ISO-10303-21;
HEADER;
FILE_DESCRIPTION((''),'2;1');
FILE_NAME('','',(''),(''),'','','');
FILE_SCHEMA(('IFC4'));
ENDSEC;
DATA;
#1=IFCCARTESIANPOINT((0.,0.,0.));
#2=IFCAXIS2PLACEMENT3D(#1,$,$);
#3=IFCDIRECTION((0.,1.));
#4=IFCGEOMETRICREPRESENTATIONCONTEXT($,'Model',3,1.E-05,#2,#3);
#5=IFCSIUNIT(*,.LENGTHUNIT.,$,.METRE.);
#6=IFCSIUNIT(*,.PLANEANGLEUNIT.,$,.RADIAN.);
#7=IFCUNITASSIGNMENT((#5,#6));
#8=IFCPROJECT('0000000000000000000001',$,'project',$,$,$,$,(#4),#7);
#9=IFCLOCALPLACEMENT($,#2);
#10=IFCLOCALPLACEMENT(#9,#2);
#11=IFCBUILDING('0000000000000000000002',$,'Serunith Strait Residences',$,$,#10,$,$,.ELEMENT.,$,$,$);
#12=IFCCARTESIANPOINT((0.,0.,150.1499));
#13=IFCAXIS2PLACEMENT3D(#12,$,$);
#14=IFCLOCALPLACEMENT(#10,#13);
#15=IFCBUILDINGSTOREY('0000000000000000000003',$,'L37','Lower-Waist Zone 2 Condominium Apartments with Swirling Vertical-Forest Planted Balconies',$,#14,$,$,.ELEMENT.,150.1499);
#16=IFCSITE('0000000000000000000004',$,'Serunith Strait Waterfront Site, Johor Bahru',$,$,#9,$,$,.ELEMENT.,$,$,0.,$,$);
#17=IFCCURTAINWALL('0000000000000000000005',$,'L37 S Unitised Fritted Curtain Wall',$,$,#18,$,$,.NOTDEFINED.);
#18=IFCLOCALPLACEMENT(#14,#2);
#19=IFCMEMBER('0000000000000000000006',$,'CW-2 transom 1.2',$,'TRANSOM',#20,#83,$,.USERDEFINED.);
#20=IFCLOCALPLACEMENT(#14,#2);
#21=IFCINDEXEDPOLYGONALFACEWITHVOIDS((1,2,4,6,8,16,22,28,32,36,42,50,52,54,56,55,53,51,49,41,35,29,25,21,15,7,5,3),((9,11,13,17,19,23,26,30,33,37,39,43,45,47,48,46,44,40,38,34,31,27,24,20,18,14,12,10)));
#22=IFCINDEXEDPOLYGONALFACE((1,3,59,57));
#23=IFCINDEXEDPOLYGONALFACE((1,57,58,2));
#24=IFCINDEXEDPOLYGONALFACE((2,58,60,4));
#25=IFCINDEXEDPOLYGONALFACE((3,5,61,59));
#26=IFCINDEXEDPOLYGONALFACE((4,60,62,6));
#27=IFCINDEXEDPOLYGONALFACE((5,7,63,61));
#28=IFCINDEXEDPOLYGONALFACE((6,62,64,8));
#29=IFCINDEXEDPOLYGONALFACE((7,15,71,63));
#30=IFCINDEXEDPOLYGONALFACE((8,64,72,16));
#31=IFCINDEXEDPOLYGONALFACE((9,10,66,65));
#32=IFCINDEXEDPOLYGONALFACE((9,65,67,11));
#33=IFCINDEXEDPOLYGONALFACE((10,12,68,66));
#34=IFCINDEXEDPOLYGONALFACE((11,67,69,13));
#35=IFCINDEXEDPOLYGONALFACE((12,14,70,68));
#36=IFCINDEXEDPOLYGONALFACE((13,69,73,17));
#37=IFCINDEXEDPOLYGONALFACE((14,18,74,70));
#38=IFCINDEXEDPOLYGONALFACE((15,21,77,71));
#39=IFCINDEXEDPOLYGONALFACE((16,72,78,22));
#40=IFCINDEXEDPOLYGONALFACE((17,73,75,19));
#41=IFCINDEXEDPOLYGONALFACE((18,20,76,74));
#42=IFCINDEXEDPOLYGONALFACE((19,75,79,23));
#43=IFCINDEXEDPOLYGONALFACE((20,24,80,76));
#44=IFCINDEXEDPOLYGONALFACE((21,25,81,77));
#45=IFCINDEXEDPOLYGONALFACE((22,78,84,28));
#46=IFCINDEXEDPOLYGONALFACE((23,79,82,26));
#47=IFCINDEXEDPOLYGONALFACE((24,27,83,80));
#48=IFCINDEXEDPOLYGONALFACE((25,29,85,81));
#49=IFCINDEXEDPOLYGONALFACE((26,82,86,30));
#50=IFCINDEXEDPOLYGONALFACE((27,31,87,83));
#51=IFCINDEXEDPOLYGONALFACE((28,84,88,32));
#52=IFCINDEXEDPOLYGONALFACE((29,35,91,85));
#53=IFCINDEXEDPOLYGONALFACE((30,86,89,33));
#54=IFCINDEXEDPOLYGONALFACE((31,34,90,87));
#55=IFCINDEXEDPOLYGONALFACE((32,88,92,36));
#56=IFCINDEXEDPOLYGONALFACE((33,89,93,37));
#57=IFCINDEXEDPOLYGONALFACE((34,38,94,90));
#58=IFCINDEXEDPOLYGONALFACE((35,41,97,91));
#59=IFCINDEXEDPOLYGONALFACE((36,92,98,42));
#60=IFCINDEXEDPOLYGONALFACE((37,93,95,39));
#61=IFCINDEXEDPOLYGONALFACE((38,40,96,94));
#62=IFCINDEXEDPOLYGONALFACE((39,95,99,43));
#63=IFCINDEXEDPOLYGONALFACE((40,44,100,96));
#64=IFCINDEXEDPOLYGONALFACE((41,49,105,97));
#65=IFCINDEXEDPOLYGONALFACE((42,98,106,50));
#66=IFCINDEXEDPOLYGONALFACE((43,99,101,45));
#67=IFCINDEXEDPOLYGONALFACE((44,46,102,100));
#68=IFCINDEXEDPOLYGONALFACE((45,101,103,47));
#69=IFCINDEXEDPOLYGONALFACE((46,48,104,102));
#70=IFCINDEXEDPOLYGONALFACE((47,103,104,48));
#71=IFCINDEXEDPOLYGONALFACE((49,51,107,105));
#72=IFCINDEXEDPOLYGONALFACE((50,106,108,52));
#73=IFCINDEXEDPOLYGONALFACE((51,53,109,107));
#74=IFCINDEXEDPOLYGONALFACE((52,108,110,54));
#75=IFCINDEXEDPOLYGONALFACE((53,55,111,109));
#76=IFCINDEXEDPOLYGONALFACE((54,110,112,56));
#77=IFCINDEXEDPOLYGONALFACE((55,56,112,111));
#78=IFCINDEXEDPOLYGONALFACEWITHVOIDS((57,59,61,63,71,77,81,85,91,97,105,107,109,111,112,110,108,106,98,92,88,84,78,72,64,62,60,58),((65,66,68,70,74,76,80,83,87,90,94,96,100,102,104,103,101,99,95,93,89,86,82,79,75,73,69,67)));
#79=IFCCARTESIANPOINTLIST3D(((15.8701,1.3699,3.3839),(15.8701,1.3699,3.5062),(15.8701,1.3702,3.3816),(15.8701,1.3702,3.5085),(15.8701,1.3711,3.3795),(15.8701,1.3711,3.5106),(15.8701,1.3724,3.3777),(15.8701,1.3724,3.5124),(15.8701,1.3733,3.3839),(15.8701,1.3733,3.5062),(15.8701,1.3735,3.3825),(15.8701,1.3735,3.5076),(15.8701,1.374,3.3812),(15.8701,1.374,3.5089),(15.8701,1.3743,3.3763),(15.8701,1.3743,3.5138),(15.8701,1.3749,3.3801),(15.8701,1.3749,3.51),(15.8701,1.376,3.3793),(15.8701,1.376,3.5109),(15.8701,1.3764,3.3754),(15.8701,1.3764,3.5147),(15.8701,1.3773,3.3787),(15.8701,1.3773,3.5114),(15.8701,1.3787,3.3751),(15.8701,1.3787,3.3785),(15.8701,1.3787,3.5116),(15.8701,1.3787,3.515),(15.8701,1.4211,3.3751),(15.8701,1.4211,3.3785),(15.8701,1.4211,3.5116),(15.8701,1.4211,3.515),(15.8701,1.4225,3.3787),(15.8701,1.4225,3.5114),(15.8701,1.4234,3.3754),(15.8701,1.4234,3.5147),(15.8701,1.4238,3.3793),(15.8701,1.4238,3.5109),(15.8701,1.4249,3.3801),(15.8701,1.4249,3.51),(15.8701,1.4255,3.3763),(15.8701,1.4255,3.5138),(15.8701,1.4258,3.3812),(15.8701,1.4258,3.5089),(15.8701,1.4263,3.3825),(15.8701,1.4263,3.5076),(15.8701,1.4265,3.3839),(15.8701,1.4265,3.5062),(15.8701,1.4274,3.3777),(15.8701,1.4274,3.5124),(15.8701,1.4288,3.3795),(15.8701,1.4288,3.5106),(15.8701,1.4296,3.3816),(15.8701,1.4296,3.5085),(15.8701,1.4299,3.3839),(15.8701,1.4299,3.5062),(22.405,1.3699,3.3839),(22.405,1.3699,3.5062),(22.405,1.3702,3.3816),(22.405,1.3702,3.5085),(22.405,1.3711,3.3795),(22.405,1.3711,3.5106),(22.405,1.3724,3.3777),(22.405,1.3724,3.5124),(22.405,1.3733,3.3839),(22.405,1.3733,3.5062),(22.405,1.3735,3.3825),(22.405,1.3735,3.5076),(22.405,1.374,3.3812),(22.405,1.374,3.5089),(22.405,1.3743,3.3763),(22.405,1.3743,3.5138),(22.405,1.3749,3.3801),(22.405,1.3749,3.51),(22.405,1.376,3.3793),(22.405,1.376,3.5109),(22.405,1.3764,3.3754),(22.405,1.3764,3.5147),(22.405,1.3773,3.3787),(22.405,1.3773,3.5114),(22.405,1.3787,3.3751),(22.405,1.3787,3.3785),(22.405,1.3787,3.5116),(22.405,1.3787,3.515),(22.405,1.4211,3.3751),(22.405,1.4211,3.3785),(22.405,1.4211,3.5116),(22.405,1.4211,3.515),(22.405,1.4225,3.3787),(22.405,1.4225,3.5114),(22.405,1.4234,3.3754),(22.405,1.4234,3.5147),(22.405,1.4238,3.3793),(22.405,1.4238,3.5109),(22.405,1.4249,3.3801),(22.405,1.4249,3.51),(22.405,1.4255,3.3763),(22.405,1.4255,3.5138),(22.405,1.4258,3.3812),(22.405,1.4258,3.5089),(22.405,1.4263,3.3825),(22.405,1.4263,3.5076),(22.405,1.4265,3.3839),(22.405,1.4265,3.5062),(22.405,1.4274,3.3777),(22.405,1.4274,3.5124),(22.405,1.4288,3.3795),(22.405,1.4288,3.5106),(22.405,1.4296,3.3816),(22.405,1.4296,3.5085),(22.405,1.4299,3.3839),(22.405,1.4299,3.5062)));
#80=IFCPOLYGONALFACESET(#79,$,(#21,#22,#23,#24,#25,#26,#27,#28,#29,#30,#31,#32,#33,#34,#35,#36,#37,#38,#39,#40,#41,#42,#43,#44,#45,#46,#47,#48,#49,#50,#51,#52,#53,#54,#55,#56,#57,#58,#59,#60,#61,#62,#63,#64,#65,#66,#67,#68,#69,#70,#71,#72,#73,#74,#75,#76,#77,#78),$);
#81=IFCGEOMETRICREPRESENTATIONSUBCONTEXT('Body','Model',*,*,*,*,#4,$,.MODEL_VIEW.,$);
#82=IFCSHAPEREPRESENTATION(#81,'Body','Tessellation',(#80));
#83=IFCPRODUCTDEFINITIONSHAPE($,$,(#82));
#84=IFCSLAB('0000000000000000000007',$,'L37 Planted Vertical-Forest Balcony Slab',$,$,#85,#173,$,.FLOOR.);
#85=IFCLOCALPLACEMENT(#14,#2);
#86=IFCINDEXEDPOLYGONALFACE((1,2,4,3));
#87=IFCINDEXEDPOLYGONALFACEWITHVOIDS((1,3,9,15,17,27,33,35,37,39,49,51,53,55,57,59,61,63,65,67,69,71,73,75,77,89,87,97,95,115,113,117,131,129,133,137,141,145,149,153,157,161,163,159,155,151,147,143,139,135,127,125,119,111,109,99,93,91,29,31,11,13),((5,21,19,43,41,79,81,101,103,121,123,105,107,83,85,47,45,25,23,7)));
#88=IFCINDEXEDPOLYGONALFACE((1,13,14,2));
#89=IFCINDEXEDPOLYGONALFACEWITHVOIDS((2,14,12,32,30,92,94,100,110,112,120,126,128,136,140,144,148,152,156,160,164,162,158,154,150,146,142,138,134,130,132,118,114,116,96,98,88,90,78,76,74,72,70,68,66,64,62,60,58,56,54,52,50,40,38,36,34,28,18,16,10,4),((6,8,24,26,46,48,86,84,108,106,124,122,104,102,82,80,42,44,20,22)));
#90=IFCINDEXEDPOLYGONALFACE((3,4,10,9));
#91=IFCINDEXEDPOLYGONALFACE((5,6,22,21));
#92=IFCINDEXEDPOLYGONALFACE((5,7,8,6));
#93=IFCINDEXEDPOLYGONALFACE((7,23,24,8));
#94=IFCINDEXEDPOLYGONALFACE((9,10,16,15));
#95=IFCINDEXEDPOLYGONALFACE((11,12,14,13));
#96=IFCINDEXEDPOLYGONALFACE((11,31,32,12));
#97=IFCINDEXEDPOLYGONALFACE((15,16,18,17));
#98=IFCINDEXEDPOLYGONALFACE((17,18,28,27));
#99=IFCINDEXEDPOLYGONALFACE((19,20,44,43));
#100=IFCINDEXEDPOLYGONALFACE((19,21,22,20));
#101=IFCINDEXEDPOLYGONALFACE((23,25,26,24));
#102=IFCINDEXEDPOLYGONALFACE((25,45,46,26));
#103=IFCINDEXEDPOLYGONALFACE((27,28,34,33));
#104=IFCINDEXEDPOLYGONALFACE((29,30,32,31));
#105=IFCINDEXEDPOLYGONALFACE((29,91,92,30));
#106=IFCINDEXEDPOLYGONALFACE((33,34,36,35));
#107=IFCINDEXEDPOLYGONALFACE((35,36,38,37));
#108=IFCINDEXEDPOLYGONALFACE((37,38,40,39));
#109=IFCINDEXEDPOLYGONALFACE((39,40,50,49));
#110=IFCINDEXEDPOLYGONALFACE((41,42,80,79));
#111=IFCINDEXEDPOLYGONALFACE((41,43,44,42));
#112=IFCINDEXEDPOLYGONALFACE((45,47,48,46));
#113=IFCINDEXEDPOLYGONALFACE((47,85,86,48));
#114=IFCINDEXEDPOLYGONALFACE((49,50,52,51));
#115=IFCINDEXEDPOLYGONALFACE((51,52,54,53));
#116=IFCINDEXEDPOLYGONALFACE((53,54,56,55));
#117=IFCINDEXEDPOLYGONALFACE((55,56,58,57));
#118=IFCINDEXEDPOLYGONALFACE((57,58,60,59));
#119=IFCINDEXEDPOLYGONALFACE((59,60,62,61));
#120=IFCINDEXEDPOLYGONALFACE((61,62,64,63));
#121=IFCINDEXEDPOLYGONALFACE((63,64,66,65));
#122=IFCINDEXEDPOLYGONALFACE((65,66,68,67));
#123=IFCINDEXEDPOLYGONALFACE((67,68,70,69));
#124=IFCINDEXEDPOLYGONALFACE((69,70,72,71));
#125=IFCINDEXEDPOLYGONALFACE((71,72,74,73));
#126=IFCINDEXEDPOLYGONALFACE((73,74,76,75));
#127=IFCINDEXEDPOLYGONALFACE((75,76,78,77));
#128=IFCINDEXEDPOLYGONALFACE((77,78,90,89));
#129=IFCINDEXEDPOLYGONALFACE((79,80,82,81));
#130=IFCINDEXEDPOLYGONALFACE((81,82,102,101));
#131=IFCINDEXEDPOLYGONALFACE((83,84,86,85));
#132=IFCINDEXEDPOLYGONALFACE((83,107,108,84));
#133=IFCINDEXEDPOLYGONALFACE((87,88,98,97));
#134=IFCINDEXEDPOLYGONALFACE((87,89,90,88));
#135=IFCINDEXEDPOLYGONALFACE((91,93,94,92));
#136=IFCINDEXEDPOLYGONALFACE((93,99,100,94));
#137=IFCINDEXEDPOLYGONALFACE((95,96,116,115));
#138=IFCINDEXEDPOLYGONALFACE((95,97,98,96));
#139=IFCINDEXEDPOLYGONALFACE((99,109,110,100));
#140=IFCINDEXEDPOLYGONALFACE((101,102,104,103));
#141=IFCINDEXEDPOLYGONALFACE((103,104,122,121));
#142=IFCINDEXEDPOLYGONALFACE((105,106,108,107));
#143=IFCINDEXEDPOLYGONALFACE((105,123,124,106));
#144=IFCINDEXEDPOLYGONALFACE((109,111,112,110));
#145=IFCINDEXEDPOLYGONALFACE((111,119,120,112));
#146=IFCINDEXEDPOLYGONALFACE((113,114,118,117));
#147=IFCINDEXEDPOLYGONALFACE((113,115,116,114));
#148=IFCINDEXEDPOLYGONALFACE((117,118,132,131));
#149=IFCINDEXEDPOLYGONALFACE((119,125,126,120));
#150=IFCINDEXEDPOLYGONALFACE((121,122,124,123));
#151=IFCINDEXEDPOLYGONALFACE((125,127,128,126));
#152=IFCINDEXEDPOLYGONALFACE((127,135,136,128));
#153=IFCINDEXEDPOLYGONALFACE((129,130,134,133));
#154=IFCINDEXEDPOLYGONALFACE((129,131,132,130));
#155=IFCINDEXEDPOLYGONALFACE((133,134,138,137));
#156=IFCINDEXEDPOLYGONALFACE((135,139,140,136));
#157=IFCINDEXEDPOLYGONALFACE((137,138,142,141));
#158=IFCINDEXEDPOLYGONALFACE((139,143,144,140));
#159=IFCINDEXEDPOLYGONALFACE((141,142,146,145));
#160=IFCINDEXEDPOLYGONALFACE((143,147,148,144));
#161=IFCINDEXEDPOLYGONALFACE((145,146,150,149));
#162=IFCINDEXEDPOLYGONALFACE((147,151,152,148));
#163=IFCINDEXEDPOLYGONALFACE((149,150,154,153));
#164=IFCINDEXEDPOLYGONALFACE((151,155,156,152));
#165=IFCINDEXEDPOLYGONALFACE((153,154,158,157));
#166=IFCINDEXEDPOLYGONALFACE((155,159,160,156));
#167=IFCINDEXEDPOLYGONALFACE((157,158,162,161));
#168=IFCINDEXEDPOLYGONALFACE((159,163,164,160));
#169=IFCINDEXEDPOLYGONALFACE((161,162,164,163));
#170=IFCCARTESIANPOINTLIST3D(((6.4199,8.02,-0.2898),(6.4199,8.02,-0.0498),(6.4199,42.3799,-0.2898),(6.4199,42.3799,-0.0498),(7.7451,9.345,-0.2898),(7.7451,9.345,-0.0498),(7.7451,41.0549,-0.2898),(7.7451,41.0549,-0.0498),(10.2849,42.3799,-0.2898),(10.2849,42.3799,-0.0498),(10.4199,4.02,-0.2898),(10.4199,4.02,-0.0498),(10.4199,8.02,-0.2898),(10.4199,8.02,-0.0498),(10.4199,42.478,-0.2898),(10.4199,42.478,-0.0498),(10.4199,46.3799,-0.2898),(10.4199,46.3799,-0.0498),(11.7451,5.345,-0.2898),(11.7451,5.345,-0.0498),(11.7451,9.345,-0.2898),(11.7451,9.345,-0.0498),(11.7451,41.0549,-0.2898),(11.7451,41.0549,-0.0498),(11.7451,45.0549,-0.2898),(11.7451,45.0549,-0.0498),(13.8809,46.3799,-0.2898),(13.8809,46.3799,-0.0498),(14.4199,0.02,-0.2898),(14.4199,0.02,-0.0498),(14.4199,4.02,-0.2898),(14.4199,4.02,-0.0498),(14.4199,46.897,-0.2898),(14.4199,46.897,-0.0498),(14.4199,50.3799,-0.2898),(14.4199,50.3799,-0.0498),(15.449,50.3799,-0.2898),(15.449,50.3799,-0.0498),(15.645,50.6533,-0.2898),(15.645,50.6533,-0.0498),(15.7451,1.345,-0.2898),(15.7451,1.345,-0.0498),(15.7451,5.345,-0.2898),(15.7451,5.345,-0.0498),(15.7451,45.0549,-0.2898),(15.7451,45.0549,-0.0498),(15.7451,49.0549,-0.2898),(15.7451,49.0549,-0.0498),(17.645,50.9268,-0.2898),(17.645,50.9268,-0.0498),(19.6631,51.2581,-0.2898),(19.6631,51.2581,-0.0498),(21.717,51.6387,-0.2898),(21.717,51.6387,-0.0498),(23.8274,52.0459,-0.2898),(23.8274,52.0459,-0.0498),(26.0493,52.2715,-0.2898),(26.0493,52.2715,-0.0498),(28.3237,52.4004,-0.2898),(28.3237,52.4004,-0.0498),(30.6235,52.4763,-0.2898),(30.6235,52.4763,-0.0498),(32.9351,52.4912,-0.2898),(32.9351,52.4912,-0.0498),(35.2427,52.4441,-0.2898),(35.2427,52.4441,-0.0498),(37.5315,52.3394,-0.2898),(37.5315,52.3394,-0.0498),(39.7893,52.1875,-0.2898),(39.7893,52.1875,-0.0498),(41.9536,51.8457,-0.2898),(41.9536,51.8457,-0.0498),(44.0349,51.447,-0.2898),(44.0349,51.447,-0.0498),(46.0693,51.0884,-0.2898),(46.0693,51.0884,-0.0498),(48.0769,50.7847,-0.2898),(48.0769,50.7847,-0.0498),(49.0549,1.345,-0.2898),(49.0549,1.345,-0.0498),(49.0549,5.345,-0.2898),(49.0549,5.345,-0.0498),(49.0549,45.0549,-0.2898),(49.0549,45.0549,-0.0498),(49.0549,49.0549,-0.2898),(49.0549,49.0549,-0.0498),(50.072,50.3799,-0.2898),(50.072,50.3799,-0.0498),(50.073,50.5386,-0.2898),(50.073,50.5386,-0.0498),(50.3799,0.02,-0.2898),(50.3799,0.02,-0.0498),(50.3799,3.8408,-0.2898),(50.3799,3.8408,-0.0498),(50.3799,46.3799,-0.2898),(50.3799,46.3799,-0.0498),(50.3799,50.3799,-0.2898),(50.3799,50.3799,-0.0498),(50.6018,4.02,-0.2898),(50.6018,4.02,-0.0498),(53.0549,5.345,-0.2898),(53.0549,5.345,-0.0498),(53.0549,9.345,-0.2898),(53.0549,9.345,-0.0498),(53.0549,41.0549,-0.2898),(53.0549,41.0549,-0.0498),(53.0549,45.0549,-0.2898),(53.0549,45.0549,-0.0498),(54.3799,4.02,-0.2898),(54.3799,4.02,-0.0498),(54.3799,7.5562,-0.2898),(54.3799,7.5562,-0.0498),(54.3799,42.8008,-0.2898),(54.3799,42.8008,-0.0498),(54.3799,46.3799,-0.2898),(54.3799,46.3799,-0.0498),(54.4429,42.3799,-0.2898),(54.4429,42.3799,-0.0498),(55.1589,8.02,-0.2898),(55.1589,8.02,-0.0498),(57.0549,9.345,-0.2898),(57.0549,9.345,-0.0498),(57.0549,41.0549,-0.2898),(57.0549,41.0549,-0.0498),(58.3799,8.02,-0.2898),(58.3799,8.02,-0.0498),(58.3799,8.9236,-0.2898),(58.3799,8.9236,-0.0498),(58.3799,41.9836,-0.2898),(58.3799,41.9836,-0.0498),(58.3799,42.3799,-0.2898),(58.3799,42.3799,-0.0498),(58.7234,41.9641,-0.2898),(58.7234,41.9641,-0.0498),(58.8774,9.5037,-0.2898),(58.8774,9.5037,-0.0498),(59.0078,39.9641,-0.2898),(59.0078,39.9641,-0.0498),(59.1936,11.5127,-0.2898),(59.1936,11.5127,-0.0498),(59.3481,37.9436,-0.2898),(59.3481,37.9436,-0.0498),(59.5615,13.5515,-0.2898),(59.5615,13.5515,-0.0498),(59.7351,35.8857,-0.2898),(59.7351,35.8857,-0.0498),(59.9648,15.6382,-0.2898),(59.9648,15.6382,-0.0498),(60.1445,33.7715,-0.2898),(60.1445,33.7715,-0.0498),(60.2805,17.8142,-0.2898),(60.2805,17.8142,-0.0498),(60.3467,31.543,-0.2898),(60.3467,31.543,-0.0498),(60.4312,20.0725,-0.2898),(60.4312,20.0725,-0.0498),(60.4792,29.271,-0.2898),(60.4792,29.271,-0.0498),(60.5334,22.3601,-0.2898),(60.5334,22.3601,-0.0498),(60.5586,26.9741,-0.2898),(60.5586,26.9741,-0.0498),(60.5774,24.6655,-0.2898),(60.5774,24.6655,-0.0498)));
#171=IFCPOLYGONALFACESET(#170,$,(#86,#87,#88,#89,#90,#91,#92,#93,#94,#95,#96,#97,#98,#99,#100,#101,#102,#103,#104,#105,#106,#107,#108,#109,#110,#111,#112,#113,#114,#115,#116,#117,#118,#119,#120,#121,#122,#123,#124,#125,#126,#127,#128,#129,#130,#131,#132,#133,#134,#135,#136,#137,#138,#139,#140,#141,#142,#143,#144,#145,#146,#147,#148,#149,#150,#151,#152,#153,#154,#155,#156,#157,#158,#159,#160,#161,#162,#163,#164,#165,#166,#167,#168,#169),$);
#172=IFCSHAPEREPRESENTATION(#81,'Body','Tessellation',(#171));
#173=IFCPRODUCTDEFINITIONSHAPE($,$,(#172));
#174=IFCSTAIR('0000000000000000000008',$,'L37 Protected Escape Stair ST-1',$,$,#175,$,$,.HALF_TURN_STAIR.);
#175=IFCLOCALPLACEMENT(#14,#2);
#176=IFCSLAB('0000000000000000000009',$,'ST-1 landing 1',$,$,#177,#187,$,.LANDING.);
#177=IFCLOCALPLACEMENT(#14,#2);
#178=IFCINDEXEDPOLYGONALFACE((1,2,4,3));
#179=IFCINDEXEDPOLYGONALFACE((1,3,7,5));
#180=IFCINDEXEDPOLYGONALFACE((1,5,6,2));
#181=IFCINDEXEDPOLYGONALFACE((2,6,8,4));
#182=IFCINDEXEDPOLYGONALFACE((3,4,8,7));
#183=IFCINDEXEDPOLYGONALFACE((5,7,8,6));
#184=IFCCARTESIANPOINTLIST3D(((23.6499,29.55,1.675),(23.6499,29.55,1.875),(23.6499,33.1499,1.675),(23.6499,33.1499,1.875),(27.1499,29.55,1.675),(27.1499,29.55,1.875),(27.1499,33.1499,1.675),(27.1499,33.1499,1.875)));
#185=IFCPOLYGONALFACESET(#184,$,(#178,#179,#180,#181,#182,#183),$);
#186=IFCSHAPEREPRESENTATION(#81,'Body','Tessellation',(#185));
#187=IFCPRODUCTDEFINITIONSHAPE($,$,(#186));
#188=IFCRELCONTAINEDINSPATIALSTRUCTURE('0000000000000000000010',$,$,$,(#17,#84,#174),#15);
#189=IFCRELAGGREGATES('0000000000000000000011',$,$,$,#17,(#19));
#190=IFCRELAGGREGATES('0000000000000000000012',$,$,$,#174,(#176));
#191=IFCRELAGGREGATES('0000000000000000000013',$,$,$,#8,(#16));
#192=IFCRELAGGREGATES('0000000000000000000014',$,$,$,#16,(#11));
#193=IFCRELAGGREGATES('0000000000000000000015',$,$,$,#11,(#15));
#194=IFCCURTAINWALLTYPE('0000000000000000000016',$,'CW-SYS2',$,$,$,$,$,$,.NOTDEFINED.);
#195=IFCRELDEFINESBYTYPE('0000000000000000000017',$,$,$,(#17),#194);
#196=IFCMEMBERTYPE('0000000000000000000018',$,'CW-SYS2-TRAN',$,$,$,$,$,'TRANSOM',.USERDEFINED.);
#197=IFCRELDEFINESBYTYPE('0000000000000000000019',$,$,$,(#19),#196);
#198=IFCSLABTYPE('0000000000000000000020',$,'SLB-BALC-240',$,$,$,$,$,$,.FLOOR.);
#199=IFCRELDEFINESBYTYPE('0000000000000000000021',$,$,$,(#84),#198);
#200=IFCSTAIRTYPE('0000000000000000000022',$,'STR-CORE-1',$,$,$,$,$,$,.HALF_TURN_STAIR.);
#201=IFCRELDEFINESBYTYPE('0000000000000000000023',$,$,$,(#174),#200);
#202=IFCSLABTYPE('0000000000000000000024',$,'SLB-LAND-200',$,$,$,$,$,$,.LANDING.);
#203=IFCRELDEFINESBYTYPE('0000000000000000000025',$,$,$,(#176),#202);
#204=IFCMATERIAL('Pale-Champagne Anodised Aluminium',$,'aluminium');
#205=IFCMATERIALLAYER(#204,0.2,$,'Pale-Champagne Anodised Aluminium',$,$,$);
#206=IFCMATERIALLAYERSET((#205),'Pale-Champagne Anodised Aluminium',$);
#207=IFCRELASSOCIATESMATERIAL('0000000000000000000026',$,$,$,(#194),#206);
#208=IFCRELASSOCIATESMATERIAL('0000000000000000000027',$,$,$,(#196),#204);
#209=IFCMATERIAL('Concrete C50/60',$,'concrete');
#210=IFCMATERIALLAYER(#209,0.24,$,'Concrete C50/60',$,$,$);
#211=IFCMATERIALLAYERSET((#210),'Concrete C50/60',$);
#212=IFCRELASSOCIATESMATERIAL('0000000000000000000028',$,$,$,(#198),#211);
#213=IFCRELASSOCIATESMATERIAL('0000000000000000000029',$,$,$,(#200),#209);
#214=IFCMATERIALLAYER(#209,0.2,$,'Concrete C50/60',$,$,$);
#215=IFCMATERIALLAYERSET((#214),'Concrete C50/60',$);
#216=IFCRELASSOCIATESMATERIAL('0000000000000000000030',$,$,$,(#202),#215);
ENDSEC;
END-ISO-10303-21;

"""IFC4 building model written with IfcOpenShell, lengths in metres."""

from ifc_helpers import new_model, si_unit, direction, frame, origin, origin_2d, place, context, subcontext, project, spatial, polyline, hollow_rectangle, outline, extrude, source, transform, mapped, material, layer, layer_set, material_profile, profile_set, type_object, element, aggregate, save


model = new_model("IFC4")

# Units and contexts
model_context = context("Model", 3, precision=1e-05, world=origin(), true_north=direction((0.0, 1.0)))
body_context = subcontext(model_context, "Body", "Model", "MODEL_VIEW")
ifc_project = project(units=[si_unit("LENGTHUNIT", "METRE"), si_unit("PLANEANGLEUNIT", "RADIAN")], contexts=[model_context])

# Site, building, storey
site_placement = place(None, origin())
site = spatial("IfcSite", under=ifc_project, at=site_placement, Name="Serunith Strait Waterfront Site, Johor Bahru", CompositionType="ELEMENT", RefElevation=0.0)
building_placement = place(site_placement, origin())
building = spatial("IfcBuilding", under=site, at=building_placement, Name="Serunith Strait Residences", CompositionType="ELEMENT")
storey_placement = place(building_placement, frame((0.0, 0.0, 150.1499)))
storey = spatial("IfcBuildingStorey", under=building, at=storey_placement, Name="L37", Description="Lower-Waist Zone 2 Condominium Apartments with Swirling Vertical-Forest Planted Balconies", CompositionType="ELEMENT", Elevation=150.1499)

# Curtain wall
ifc_material_1 = material(Name="Pale-Champagne Anodised Aluminium", Category="aluminium")
ifc_layer_1 = layer(ifc_material_1, 0.2, Name="Pale-Champagne Anodised Aluminium")
ifc_layer_set_1 = layer_set([ifc_layer_1], Name="Pale-Champagne Anodised Aluminium")
curtain_wall_type = type_object("IfcCurtainWallType", Name="CW-SYS2", PredefinedType="NOTDEFINED", material=ifc_layer_set_1)
curtain_wall_1_placement = place(storey_placement, origin())
curtain_wall_1 = element("IfcCurtainWall", 1, at=curtain_wall_1_placement, inside=storey, type_object=curtain_wall_type, Name="L37 S Unitised Fritted Curtain Wall", PredefinedType="NOTDEFINED")

# Member
ifc_material_profile_1 = material_profile(ifc_material_1, hollow_rectangle(XDim=0.0601, YDim=0.1399, WallThickness=0.0034, InnerFilletRadius=0.0054, OuterFilletRadius=0.0088, at=origin_2d()), Name="ALU 140x60x3.5")
ifc_profile_set_1 = profile_set([ifc_material_profile_1], Name="Pale-Champagne Anodised Aluminium")
member_type_1 = type_object("IfcMemberType", Name="CW-SYS2-TRAN", ElementType="TRANSOM", PredefinedType="USERDEFINED", material=ifc_profile_set_1)
shared_shape_1 = source(origin(), body_context, "Body", "SweptSolid", [
    extrude(hollow_rectangle(XDim=0.0601, YDim=0.1399, WallThickness=0.0034, InnerFilletRadius=0.0054, OuterFilletRadius=0.0088, at=origin_2d()), origin(), (0.0, 0.0, 1.0), 6.5349),
])
member_1_placement = place(storey_placement, frame((15.8701, 1.3999, 3.4451), z_axis=(1.0, 0.0, 0.0), x_axis=(0.0, 1.0, 0.0)))
member_1 = element("IfcMember", 2, at=member_1_placement, type_object=member_type_1, Name="CW-2 transom 1.2", ObjectType="TRANSOM", PredefinedType="USERDEFINED", context=body_context, shape_type="MappedRepresentation", body=[
    mapped(shared_shape_1, transform((0.0, 0.0, 0.0), scale=1.0)),
])
aggregate(curtain_wall_1, [member_1])

# Slab
ifc_material_2 = material(Name="Concrete C50/60", Category="concrete")
ifc_layer_2 = layer(ifc_material_2, 0.24, Name="Concrete C50/60")
ifc_layer_set_2 = layer_set([ifc_layer_2], Name="Concrete C50/60")
slab_type_1 = type_object("IfcSlabType", Name="SLB-BALC-240", PredefinedType="FLOOR", material=ifc_layer_set_2)
slab_1_placement = place(storey_placement, frame((0.0, 0.0, -0.2898)))
element("IfcSlab", 3, at=slab_1_placement, inside=storey, type_object=slab_type_1, Name="L37 Planted Vertical-Forest Balcony Slab", PredefinedType="FLOOR", context=body_context, shape_type="SweptSolid", body=[
    extrude(outline(polyline([(10.4199, 46.3799), (13.8809, 46.3799), (14.4199, 46.897), (14.4199, 50.3799), (15.449, 50.3799), (15.645, 50.6533), (17.645, 50.9268), (19.6631, 51.2581), (21.717, 51.6387), (23.8274, 52.0459), (26.0493, 52.2715), (28.3237, 52.4004), (30.6235, 52.4763), (32.9351, 52.4912), (35.2427, 52.4441), (37.5315, 52.3394), (39.7893, 52.1875), (41.9536, 51.8457), (44.0349, 51.447), (46.0693, 51.0884), (48.0769, 50.7847), (50.073, 50.5386), (50.072, 50.3799), (50.3799, 50.3799), (50.3799, 46.3799), (54.3799, 46.3799), (54.3799, 42.8008), (54.4429, 42.3799), (58.3799, 42.3799), (58.3799, 41.9836), (58.7234, 41.9641), (59.0078, 39.9641), (59.3481, 37.9436), (59.7351, 35.8857), (60.1445, 33.7715), (60.3467, 31.543), (60.4792, 29.271), (60.5586, 26.9741), (60.5774, 24.6655), (60.5334, 22.3601), (60.4312, 20.0725), (60.2805, 17.8142), (59.9648, 15.6382), (59.5615, 13.5515), (59.1936, 11.5127), (58.8774, 9.5037), (58.3799, 8.9236), (58.3799, 8.02), (55.1589, 8.02), (54.3799, 7.5562), (54.3799, 4.02), (50.6018, 4.02), (50.3799, 3.8408), (50.3799, 0.02), (14.4199, 0.02), (14.4199, 4.02), (10.4199, 4.02), (10.4199, 8.02), (6.4199, 8.02), (6.4199, 42.3799), (10.2849, 42.3799), (10.4199, 42.478), (10.4199, 46.3799)]), holes=[polyline([(49.0549, 1.345), (49.0549, 5.345), (53.0549, 5.345), (53.0549, 9.345), (57.0549, 9.345), (57.0549, 41.0549), (53.0549, 41.0549), (53.0549, 45.0549), (49.0549, 45.0549), (49.0549, 49.0549), (15.7451, 49.0549), (15.7451, 45.0549), (11.7451, 45.0549), (11.7451, 41.0549), (7.7451, 41.0549), (7.7451, 9.345), (11.7451, 9.345), (11.7451, 5.345), (15.7451, 5.345), (15.7451, 1.345), (49.0549, 1.345)])]), origin(), (0.0, 0.0, 1.0), 0.24),
])

# Stair, slab
stair_type_1 = type_object("IfcStairType", Name="STR-CORE-1", PredefinedType="HALF_TURN_STAIR", material=ifc_material_2)
stair_1_placement = place(storey_placement, origin())
stair_1 = element("IfcStair", 4, at=stair_1_placement, inside=storey, type_object=stair_type_1, Name="L37 Protected Escape Stair ST-1", PredefinedType="HALF_TURN_STAIR")
ifc_layer_3 = layer(ifc_material_2, 0.2, Name="Concrete C50/60")
ifc_layer_set_3 = layer_set([ifc_layer_3], Name="Concrete C50/60")
slab_type_2 = type_object("IfcSlabType", Name="SLB-LAND-200", PredefinedType="LANDING", material=ifc_layer_set_3)
slab_2_placement = place(storey_placement, frame((0.0, 0.0, 1.675)))
slab_2 = element("IfcSlab", 5, at=slab_2_placement, type_object=slab_type_2, Name="ST-1 landing 1", PredefinedType="LANDING", context=body_context, shape_type="SweptSolid", body=[
    extrude(outline(polyline([(27.1499, 29.55), (27.1499, 33.1499), (23.6499, 33.1499), (23.6499, 29.55), (27.1499, 29.55)])), origin(), (0.0, 0.0, 1.0), 0.2),
])
aggregate(stair_1, [slab_2])

save(model, "model.ifc")
